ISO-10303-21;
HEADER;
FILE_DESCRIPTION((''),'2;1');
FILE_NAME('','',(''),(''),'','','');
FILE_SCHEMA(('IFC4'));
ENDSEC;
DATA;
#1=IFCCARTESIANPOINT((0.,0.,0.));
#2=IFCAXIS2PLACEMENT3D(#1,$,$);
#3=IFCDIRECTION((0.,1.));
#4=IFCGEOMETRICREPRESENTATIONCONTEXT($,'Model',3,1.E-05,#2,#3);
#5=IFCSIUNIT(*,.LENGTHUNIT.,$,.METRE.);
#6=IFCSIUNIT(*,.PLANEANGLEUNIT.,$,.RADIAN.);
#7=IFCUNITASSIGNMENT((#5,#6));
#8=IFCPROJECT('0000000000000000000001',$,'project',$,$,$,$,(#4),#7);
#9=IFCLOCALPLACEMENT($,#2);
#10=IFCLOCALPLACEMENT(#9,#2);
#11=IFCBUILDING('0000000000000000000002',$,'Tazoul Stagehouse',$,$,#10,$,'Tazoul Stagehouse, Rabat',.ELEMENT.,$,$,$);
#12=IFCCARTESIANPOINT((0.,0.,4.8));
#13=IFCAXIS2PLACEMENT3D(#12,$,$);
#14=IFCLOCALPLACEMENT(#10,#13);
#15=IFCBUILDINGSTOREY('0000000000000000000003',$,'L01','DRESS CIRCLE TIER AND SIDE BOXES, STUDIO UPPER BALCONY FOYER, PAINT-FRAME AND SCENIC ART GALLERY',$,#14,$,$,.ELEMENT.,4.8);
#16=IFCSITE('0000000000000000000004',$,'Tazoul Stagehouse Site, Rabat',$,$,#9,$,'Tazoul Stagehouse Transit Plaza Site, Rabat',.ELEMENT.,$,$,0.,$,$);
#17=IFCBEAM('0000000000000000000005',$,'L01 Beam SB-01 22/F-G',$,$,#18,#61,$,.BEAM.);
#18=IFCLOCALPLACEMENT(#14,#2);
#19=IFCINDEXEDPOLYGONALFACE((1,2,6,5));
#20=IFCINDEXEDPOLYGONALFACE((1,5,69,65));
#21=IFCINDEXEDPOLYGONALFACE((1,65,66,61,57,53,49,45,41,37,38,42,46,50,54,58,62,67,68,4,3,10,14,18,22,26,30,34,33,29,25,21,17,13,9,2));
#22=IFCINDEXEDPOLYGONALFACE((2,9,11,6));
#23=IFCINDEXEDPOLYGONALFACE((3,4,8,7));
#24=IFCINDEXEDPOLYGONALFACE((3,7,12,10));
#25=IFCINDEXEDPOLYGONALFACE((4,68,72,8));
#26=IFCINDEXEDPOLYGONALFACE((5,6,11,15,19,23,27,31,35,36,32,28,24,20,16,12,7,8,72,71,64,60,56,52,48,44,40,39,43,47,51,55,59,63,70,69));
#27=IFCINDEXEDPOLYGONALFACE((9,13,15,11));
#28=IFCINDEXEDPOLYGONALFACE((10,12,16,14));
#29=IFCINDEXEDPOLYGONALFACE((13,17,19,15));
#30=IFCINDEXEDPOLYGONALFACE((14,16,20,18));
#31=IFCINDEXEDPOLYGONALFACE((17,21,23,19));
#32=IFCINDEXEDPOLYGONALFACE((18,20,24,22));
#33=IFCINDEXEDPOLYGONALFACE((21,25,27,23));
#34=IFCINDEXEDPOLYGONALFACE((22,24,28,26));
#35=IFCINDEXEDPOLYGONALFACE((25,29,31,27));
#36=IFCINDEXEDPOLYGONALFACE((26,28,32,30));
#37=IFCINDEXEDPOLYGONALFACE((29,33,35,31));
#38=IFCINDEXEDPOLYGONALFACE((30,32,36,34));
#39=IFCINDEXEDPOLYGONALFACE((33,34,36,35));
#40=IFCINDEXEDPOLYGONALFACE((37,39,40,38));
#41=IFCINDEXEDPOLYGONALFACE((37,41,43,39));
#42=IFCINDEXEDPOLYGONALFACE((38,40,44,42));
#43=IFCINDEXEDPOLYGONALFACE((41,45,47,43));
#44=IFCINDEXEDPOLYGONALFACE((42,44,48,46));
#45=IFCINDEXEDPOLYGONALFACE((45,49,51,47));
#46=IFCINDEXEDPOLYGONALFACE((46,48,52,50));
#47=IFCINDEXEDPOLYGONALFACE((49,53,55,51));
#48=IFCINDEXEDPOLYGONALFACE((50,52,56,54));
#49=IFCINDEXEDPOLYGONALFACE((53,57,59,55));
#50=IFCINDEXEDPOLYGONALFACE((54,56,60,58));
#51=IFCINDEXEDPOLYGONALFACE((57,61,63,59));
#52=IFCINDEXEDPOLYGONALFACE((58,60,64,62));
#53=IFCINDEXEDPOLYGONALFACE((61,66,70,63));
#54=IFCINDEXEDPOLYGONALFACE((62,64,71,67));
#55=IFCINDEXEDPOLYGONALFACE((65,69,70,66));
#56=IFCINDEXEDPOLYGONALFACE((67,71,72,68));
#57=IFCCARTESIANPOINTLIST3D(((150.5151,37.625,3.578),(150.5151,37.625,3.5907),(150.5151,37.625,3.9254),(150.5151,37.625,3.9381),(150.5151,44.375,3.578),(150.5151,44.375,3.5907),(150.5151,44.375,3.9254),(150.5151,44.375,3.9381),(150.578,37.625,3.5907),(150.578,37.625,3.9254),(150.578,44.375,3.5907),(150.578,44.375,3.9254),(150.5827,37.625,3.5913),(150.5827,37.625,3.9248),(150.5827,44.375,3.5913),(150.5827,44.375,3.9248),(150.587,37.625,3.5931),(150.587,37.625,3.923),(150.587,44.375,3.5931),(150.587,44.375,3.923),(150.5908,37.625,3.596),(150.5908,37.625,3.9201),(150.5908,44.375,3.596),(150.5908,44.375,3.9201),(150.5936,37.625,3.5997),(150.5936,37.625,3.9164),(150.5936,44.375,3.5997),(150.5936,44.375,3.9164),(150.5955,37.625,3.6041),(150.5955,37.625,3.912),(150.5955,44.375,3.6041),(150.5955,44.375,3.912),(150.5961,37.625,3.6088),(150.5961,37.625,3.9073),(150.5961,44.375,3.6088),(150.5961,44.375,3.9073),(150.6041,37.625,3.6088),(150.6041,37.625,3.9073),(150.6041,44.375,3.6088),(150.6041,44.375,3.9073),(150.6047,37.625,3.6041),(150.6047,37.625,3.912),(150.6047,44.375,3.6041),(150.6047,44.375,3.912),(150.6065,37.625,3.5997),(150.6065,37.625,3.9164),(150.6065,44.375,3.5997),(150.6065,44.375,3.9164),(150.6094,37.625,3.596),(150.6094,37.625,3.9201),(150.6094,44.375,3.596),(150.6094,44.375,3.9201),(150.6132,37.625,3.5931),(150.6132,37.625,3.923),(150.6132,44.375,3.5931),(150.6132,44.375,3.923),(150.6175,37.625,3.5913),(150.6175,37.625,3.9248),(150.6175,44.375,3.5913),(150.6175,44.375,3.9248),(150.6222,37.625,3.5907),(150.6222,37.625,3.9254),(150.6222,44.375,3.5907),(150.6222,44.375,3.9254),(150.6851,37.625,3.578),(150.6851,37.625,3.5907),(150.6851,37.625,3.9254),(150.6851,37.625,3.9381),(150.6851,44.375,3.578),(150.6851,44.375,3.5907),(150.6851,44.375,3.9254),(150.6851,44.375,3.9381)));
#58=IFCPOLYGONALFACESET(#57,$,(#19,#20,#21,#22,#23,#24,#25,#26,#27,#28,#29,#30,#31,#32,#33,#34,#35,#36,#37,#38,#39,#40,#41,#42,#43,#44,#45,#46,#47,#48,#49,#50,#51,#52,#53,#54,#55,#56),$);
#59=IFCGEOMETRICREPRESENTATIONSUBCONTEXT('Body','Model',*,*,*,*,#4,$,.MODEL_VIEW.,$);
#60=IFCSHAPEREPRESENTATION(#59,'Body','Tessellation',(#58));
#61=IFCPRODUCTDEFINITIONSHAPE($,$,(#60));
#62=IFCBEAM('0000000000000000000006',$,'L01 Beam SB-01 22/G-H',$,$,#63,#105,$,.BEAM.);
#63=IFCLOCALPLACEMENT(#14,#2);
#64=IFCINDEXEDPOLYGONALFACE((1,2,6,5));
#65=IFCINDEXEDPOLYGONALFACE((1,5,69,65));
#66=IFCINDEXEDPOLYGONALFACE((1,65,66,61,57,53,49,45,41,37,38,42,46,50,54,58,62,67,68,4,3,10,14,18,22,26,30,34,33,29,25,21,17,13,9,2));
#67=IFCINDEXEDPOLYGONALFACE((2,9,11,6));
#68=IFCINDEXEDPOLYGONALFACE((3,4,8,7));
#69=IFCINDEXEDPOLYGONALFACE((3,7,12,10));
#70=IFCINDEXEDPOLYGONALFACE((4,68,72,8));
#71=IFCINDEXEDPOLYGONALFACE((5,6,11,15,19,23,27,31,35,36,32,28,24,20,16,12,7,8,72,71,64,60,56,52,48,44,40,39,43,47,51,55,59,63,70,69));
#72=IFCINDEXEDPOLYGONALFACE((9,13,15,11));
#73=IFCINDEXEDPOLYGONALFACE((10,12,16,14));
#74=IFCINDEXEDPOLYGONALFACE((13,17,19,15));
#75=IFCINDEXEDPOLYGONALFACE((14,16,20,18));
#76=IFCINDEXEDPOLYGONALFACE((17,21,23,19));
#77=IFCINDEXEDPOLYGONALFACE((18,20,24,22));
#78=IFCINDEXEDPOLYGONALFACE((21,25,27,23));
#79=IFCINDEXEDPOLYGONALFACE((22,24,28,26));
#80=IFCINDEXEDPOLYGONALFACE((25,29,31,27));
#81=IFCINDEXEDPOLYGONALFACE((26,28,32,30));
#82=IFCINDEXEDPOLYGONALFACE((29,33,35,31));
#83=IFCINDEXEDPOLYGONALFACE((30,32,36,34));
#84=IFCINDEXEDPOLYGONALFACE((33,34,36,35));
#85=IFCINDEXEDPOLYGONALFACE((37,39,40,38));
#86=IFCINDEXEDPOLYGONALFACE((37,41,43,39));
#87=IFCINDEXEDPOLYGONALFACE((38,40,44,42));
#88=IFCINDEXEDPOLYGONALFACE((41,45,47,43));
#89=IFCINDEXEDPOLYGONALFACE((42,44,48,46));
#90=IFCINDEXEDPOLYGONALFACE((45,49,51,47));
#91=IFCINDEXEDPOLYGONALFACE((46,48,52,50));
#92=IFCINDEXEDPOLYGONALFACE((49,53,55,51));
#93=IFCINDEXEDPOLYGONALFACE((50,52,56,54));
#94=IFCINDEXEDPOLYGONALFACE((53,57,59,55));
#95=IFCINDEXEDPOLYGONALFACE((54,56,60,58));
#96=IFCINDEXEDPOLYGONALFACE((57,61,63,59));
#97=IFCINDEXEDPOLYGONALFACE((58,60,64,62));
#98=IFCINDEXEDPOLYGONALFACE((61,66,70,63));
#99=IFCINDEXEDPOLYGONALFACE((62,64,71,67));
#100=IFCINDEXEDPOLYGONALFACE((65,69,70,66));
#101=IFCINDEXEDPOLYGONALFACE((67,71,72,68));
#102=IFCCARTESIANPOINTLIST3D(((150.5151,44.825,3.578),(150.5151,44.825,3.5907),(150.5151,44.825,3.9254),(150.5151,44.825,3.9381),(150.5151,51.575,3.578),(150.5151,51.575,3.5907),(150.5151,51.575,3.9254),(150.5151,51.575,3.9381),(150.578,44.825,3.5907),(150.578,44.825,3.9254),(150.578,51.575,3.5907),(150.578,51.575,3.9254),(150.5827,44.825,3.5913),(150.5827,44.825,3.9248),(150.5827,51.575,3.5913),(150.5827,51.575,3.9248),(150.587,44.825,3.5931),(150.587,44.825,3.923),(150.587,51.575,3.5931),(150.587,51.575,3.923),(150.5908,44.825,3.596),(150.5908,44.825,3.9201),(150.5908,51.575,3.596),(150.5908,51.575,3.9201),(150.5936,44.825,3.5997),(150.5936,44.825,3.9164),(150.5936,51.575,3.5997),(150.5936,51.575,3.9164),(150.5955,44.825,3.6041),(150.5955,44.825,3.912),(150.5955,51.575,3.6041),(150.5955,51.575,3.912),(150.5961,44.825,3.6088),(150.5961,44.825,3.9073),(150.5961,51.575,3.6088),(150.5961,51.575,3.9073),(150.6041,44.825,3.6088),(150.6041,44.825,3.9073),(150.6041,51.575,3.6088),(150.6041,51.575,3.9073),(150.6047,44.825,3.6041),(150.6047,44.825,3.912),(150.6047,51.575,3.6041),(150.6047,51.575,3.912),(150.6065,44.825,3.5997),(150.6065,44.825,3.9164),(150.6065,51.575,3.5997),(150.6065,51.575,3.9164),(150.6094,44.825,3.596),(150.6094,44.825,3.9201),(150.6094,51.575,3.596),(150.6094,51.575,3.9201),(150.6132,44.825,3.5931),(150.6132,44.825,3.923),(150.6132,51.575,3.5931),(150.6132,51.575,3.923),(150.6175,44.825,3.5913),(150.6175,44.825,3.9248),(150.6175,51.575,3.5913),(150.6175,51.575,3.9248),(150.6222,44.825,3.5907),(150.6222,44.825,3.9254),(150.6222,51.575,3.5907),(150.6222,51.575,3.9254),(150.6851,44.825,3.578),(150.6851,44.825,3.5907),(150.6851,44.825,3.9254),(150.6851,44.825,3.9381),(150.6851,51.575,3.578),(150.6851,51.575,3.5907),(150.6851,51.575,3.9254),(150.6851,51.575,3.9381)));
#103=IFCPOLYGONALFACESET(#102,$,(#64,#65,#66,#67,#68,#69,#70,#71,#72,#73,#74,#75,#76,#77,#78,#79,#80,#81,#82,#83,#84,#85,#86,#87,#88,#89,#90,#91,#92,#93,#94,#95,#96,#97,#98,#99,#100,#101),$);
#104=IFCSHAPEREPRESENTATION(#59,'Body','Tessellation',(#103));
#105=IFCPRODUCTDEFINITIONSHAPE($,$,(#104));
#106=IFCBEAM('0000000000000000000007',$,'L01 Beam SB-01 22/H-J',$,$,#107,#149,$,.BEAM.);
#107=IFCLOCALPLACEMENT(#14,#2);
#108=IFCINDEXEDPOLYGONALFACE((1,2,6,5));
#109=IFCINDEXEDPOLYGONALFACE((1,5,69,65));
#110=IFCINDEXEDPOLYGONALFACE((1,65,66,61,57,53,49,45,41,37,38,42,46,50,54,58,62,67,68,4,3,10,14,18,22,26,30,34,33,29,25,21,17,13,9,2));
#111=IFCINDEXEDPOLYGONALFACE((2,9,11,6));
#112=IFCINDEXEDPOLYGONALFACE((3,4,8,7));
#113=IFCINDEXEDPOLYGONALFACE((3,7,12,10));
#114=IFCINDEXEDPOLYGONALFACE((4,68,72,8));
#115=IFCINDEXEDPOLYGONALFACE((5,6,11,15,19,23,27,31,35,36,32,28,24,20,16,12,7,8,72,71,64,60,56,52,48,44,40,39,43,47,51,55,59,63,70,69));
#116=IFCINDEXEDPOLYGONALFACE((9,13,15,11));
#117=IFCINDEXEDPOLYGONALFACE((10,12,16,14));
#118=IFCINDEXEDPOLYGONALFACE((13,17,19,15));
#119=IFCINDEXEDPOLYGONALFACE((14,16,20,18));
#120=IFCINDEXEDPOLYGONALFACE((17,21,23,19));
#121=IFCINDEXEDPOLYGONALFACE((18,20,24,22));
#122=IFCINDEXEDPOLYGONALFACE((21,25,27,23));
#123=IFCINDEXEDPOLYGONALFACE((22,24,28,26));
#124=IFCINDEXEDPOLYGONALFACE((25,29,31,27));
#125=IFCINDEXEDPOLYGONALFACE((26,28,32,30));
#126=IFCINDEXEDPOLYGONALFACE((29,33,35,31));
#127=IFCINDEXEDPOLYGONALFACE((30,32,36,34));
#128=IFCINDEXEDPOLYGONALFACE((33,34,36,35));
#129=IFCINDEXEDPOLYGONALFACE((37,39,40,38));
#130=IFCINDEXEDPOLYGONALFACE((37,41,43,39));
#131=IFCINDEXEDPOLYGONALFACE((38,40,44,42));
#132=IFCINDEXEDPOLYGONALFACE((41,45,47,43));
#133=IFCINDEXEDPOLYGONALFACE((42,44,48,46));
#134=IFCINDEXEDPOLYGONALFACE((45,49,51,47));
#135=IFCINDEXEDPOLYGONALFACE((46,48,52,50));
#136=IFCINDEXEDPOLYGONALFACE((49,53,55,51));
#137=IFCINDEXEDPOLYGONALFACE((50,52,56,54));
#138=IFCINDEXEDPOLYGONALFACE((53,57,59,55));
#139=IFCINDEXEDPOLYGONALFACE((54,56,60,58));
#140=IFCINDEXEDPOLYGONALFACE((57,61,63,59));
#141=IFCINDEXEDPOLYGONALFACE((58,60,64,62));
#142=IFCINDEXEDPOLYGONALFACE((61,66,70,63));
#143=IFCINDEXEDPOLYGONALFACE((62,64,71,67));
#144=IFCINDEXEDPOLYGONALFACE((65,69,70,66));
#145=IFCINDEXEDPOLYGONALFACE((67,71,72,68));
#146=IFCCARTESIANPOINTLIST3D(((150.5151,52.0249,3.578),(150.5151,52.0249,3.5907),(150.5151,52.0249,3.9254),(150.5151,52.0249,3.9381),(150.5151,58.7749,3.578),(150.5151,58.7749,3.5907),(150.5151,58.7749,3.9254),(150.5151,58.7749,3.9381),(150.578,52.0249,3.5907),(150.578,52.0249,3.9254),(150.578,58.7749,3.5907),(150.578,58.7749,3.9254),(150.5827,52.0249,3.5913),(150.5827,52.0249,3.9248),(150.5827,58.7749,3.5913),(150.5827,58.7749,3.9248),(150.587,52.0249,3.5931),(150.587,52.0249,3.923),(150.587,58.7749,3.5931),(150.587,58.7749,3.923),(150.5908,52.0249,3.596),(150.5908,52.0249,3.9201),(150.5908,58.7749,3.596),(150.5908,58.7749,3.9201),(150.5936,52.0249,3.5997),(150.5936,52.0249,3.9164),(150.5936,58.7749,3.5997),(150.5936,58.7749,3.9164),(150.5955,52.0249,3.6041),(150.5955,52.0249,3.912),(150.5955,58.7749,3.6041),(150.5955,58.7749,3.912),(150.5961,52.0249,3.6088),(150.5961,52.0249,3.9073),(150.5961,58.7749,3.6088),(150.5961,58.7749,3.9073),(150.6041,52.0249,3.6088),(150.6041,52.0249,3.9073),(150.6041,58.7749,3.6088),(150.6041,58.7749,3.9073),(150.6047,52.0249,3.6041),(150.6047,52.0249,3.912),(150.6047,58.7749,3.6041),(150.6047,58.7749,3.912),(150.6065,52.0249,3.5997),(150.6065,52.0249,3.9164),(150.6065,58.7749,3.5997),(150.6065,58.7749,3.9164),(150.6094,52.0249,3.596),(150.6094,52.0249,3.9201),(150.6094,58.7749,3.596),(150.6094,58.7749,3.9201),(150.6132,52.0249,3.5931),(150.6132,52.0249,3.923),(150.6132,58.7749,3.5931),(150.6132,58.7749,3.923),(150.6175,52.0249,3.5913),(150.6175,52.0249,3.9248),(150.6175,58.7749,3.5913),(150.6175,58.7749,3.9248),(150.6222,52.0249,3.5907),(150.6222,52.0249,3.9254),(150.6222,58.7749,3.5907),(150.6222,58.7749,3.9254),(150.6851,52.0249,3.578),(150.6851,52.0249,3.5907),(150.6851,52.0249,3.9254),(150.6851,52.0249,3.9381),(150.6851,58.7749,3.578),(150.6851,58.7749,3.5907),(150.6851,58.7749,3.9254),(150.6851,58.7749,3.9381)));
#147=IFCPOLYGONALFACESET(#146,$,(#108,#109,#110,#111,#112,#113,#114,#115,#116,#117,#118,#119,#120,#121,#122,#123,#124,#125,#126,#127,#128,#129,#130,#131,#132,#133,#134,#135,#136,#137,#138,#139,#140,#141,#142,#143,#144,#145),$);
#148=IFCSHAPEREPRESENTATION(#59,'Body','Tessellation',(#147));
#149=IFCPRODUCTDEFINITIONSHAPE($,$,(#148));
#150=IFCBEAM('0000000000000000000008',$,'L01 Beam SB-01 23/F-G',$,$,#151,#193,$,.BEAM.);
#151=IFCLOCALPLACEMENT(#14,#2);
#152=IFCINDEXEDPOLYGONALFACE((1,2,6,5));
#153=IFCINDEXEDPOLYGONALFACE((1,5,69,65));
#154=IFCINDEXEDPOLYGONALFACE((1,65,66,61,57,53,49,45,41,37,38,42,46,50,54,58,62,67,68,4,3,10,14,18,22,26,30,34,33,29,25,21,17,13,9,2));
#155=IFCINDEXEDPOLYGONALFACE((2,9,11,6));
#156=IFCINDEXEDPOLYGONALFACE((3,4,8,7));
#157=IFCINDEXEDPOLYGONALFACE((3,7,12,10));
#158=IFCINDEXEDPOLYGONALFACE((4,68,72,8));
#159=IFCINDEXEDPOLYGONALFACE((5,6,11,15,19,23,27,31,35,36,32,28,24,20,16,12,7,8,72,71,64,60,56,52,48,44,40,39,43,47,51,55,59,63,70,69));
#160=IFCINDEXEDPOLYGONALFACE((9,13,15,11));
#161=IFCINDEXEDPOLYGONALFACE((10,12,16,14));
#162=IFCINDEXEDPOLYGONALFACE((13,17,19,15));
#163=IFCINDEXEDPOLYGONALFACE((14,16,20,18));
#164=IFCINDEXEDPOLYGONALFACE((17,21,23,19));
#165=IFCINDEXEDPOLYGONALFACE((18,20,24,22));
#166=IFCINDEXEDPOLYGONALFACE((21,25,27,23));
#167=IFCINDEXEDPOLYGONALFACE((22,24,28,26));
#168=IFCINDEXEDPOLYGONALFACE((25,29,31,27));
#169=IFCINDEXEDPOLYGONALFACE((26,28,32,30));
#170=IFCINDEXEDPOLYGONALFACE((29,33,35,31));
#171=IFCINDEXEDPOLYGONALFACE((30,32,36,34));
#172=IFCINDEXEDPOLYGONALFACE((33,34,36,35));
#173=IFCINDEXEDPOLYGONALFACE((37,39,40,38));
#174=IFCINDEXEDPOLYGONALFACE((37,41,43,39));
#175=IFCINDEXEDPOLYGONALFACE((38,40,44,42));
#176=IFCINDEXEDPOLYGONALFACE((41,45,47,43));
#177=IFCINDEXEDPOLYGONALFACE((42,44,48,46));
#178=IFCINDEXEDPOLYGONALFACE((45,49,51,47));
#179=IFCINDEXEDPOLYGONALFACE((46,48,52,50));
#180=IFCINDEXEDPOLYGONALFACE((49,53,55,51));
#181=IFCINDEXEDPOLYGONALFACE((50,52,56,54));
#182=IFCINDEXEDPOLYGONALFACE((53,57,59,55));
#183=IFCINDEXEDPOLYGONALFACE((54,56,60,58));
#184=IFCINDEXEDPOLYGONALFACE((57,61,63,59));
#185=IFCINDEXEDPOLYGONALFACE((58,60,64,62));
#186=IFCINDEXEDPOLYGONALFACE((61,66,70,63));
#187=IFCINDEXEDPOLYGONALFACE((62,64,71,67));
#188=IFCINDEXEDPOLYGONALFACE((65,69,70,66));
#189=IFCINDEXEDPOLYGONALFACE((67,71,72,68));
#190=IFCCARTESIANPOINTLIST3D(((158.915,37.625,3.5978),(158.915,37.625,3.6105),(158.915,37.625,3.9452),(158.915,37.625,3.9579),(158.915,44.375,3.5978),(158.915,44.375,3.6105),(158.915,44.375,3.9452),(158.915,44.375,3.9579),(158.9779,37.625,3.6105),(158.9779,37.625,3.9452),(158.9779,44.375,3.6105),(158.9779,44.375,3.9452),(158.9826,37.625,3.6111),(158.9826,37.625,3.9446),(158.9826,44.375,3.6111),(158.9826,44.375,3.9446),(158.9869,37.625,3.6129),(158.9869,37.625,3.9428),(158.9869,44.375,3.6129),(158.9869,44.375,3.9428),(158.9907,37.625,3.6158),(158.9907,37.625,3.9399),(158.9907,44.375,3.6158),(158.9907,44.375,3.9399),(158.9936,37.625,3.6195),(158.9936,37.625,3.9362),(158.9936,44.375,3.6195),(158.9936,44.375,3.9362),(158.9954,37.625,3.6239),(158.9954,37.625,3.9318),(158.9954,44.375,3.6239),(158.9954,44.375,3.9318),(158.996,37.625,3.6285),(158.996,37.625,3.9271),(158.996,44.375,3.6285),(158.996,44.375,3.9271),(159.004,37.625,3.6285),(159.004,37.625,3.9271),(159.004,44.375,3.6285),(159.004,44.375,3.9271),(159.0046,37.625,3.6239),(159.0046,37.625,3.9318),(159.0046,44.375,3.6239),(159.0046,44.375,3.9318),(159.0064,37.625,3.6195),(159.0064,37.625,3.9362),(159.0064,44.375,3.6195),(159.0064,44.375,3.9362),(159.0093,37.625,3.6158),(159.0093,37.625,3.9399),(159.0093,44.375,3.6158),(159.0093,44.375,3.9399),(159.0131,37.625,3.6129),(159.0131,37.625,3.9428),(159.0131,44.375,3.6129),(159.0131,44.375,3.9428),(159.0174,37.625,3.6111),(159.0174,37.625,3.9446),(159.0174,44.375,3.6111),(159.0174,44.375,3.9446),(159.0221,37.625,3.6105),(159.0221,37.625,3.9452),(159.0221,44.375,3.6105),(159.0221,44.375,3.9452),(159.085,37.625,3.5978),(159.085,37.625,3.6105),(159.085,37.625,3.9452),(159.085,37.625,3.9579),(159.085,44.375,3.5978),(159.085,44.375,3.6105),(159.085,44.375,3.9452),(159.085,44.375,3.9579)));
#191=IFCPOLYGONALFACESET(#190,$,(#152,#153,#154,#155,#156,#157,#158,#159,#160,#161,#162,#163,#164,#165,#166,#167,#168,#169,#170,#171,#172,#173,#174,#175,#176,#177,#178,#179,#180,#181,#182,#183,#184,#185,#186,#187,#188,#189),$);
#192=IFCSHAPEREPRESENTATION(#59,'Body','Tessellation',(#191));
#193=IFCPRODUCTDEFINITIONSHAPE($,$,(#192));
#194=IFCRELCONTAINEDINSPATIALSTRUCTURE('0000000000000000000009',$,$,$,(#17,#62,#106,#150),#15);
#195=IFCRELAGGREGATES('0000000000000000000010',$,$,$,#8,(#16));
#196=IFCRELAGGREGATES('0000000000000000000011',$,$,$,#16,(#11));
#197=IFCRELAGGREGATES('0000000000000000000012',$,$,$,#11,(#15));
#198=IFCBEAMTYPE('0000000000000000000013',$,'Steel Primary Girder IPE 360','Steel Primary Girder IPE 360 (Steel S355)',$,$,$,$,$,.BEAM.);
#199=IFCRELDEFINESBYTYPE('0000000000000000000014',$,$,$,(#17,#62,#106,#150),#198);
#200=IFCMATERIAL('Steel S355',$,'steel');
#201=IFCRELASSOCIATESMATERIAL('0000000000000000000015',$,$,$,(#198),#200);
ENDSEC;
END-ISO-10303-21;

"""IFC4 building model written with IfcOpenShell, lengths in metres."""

from ifc_helpers import new_model, si_unit, direction, frame, origin, origin_2d, place, context, subcontext, project, spatial, i_section, extrude, material, material_profile, profile_set, type_object, element, save


model = new_model("IFC4")

# Units and contexts
model_context = context("Model", 3, precision=1e-05, world=origin(), true_north=direction((0.0, 1.0)))
body_context = subcontext(model_context, "Body", "Model", "MODEL_VIEW")
ifc_project = project(units=[si_unit("LENGTHUNIT", "METRE"), si_unit("PLANEANGLEUNIT", "RADIAN")], contexts=[model_context])

# Site, building, storey
site_placement = place(None, origin())
site = spatial("IfcSite", under=ifc_project, at=site_placement, Name="Tazoul Stagehouse Site, Rabat", LongName="Tazoul Stagehouse Transit Plaza Site, Rabat", CompositionType="ELEMENT", RefElevation=0.0)
building_placement = place(site_placement, origin())
building = spatial("IfcBuilding", under=site, at=building_placement, Name="Tazoul Stagehouse", LongName="Tazoul Stagehouse, Rabat", CompositionType="ELEMENT")
storey_placement = place(building_placement, frame((0.0, 0.0, 4.8)))
storey = spatial("IfcBuildingStorey", under=building, at=storey_placement, Name="L01", Description="DRESS CIRCLE TIER AND SIDE BOXES, STUDIO UPPER BALCONY FOYER, PAINT-FRAME AND SCENIC ART GALLERY", CompositionType="ELEMENT", Elevation=4.8)

# Beams
ifc_material_1 = material(Name="Steel S355", Category="steel")
ifc_material_profile_1 = material_profile(ifc_material_1, i_section(OverallWidth=0.1699, OverallDepth=0.3601, WebThickness=0.0081, FlangeThickness=0.0127, FilletRadius=0.0181, at=origin_2d()), Name="IPE 360")
ifc_profile_set_1 = profile_set([ifc_material_profile_1], Name="Steel S355")
beam_type_1 = type_object("IfcBeamType", Name="Steel Primary Girder IPE 360", Description="Steel Primary Girder IPE 360 (Steel S355)", PredefinedType="BEAM", material=ifc_profile_set_1)
for number, where, z_axis, x_axis, name in (
    (1, (150.6001, 37.625, 3.7581), (0.0, 1.0, 0.0), (-1.0, 0.0, 0.0), "L01 Beam SB-01 22/F-G"),
    (2, (150.6001, 44.825, 3.7581), (0.0, 1.0, 0.0), (-1.0, 0.0, 0.0), "L01 Beam SB-01 22/G-H"),
    (3, (150.6001, 52.0249, 3.7581), (0.0, 1.0, 0.0), (-1.0, 0.0, 0.0), "L01 Beam SB-01 22/H-J"),
    (4, (159.0, 37.625, 3.7778), (0.0, 1.0, 0.0), (-1.0, 0.0, 0.0), "L01 Beam SB-01 23/F-G"),
):
    element("IfcBeam", number, at=place(storey_placement, frame(where, z_axis=z_axis, x_axis=x_axis)), inside=storey, type_object=beam_type_1, Name=name, PredefinedType="BEAM", context=body_context, shape_type="SweptSolid", body=[
        extrude(i_section(OverallWidth=0.1699, OverallDepth=0.3601, WebThickness=0.0081, FlangeThickness=0.0127, FilletRadius=0.0181, at=origin_2d()), origin(), (0.0, 0.0, 1.0), 6.75),
    ])

save(model, "model.ifc")
